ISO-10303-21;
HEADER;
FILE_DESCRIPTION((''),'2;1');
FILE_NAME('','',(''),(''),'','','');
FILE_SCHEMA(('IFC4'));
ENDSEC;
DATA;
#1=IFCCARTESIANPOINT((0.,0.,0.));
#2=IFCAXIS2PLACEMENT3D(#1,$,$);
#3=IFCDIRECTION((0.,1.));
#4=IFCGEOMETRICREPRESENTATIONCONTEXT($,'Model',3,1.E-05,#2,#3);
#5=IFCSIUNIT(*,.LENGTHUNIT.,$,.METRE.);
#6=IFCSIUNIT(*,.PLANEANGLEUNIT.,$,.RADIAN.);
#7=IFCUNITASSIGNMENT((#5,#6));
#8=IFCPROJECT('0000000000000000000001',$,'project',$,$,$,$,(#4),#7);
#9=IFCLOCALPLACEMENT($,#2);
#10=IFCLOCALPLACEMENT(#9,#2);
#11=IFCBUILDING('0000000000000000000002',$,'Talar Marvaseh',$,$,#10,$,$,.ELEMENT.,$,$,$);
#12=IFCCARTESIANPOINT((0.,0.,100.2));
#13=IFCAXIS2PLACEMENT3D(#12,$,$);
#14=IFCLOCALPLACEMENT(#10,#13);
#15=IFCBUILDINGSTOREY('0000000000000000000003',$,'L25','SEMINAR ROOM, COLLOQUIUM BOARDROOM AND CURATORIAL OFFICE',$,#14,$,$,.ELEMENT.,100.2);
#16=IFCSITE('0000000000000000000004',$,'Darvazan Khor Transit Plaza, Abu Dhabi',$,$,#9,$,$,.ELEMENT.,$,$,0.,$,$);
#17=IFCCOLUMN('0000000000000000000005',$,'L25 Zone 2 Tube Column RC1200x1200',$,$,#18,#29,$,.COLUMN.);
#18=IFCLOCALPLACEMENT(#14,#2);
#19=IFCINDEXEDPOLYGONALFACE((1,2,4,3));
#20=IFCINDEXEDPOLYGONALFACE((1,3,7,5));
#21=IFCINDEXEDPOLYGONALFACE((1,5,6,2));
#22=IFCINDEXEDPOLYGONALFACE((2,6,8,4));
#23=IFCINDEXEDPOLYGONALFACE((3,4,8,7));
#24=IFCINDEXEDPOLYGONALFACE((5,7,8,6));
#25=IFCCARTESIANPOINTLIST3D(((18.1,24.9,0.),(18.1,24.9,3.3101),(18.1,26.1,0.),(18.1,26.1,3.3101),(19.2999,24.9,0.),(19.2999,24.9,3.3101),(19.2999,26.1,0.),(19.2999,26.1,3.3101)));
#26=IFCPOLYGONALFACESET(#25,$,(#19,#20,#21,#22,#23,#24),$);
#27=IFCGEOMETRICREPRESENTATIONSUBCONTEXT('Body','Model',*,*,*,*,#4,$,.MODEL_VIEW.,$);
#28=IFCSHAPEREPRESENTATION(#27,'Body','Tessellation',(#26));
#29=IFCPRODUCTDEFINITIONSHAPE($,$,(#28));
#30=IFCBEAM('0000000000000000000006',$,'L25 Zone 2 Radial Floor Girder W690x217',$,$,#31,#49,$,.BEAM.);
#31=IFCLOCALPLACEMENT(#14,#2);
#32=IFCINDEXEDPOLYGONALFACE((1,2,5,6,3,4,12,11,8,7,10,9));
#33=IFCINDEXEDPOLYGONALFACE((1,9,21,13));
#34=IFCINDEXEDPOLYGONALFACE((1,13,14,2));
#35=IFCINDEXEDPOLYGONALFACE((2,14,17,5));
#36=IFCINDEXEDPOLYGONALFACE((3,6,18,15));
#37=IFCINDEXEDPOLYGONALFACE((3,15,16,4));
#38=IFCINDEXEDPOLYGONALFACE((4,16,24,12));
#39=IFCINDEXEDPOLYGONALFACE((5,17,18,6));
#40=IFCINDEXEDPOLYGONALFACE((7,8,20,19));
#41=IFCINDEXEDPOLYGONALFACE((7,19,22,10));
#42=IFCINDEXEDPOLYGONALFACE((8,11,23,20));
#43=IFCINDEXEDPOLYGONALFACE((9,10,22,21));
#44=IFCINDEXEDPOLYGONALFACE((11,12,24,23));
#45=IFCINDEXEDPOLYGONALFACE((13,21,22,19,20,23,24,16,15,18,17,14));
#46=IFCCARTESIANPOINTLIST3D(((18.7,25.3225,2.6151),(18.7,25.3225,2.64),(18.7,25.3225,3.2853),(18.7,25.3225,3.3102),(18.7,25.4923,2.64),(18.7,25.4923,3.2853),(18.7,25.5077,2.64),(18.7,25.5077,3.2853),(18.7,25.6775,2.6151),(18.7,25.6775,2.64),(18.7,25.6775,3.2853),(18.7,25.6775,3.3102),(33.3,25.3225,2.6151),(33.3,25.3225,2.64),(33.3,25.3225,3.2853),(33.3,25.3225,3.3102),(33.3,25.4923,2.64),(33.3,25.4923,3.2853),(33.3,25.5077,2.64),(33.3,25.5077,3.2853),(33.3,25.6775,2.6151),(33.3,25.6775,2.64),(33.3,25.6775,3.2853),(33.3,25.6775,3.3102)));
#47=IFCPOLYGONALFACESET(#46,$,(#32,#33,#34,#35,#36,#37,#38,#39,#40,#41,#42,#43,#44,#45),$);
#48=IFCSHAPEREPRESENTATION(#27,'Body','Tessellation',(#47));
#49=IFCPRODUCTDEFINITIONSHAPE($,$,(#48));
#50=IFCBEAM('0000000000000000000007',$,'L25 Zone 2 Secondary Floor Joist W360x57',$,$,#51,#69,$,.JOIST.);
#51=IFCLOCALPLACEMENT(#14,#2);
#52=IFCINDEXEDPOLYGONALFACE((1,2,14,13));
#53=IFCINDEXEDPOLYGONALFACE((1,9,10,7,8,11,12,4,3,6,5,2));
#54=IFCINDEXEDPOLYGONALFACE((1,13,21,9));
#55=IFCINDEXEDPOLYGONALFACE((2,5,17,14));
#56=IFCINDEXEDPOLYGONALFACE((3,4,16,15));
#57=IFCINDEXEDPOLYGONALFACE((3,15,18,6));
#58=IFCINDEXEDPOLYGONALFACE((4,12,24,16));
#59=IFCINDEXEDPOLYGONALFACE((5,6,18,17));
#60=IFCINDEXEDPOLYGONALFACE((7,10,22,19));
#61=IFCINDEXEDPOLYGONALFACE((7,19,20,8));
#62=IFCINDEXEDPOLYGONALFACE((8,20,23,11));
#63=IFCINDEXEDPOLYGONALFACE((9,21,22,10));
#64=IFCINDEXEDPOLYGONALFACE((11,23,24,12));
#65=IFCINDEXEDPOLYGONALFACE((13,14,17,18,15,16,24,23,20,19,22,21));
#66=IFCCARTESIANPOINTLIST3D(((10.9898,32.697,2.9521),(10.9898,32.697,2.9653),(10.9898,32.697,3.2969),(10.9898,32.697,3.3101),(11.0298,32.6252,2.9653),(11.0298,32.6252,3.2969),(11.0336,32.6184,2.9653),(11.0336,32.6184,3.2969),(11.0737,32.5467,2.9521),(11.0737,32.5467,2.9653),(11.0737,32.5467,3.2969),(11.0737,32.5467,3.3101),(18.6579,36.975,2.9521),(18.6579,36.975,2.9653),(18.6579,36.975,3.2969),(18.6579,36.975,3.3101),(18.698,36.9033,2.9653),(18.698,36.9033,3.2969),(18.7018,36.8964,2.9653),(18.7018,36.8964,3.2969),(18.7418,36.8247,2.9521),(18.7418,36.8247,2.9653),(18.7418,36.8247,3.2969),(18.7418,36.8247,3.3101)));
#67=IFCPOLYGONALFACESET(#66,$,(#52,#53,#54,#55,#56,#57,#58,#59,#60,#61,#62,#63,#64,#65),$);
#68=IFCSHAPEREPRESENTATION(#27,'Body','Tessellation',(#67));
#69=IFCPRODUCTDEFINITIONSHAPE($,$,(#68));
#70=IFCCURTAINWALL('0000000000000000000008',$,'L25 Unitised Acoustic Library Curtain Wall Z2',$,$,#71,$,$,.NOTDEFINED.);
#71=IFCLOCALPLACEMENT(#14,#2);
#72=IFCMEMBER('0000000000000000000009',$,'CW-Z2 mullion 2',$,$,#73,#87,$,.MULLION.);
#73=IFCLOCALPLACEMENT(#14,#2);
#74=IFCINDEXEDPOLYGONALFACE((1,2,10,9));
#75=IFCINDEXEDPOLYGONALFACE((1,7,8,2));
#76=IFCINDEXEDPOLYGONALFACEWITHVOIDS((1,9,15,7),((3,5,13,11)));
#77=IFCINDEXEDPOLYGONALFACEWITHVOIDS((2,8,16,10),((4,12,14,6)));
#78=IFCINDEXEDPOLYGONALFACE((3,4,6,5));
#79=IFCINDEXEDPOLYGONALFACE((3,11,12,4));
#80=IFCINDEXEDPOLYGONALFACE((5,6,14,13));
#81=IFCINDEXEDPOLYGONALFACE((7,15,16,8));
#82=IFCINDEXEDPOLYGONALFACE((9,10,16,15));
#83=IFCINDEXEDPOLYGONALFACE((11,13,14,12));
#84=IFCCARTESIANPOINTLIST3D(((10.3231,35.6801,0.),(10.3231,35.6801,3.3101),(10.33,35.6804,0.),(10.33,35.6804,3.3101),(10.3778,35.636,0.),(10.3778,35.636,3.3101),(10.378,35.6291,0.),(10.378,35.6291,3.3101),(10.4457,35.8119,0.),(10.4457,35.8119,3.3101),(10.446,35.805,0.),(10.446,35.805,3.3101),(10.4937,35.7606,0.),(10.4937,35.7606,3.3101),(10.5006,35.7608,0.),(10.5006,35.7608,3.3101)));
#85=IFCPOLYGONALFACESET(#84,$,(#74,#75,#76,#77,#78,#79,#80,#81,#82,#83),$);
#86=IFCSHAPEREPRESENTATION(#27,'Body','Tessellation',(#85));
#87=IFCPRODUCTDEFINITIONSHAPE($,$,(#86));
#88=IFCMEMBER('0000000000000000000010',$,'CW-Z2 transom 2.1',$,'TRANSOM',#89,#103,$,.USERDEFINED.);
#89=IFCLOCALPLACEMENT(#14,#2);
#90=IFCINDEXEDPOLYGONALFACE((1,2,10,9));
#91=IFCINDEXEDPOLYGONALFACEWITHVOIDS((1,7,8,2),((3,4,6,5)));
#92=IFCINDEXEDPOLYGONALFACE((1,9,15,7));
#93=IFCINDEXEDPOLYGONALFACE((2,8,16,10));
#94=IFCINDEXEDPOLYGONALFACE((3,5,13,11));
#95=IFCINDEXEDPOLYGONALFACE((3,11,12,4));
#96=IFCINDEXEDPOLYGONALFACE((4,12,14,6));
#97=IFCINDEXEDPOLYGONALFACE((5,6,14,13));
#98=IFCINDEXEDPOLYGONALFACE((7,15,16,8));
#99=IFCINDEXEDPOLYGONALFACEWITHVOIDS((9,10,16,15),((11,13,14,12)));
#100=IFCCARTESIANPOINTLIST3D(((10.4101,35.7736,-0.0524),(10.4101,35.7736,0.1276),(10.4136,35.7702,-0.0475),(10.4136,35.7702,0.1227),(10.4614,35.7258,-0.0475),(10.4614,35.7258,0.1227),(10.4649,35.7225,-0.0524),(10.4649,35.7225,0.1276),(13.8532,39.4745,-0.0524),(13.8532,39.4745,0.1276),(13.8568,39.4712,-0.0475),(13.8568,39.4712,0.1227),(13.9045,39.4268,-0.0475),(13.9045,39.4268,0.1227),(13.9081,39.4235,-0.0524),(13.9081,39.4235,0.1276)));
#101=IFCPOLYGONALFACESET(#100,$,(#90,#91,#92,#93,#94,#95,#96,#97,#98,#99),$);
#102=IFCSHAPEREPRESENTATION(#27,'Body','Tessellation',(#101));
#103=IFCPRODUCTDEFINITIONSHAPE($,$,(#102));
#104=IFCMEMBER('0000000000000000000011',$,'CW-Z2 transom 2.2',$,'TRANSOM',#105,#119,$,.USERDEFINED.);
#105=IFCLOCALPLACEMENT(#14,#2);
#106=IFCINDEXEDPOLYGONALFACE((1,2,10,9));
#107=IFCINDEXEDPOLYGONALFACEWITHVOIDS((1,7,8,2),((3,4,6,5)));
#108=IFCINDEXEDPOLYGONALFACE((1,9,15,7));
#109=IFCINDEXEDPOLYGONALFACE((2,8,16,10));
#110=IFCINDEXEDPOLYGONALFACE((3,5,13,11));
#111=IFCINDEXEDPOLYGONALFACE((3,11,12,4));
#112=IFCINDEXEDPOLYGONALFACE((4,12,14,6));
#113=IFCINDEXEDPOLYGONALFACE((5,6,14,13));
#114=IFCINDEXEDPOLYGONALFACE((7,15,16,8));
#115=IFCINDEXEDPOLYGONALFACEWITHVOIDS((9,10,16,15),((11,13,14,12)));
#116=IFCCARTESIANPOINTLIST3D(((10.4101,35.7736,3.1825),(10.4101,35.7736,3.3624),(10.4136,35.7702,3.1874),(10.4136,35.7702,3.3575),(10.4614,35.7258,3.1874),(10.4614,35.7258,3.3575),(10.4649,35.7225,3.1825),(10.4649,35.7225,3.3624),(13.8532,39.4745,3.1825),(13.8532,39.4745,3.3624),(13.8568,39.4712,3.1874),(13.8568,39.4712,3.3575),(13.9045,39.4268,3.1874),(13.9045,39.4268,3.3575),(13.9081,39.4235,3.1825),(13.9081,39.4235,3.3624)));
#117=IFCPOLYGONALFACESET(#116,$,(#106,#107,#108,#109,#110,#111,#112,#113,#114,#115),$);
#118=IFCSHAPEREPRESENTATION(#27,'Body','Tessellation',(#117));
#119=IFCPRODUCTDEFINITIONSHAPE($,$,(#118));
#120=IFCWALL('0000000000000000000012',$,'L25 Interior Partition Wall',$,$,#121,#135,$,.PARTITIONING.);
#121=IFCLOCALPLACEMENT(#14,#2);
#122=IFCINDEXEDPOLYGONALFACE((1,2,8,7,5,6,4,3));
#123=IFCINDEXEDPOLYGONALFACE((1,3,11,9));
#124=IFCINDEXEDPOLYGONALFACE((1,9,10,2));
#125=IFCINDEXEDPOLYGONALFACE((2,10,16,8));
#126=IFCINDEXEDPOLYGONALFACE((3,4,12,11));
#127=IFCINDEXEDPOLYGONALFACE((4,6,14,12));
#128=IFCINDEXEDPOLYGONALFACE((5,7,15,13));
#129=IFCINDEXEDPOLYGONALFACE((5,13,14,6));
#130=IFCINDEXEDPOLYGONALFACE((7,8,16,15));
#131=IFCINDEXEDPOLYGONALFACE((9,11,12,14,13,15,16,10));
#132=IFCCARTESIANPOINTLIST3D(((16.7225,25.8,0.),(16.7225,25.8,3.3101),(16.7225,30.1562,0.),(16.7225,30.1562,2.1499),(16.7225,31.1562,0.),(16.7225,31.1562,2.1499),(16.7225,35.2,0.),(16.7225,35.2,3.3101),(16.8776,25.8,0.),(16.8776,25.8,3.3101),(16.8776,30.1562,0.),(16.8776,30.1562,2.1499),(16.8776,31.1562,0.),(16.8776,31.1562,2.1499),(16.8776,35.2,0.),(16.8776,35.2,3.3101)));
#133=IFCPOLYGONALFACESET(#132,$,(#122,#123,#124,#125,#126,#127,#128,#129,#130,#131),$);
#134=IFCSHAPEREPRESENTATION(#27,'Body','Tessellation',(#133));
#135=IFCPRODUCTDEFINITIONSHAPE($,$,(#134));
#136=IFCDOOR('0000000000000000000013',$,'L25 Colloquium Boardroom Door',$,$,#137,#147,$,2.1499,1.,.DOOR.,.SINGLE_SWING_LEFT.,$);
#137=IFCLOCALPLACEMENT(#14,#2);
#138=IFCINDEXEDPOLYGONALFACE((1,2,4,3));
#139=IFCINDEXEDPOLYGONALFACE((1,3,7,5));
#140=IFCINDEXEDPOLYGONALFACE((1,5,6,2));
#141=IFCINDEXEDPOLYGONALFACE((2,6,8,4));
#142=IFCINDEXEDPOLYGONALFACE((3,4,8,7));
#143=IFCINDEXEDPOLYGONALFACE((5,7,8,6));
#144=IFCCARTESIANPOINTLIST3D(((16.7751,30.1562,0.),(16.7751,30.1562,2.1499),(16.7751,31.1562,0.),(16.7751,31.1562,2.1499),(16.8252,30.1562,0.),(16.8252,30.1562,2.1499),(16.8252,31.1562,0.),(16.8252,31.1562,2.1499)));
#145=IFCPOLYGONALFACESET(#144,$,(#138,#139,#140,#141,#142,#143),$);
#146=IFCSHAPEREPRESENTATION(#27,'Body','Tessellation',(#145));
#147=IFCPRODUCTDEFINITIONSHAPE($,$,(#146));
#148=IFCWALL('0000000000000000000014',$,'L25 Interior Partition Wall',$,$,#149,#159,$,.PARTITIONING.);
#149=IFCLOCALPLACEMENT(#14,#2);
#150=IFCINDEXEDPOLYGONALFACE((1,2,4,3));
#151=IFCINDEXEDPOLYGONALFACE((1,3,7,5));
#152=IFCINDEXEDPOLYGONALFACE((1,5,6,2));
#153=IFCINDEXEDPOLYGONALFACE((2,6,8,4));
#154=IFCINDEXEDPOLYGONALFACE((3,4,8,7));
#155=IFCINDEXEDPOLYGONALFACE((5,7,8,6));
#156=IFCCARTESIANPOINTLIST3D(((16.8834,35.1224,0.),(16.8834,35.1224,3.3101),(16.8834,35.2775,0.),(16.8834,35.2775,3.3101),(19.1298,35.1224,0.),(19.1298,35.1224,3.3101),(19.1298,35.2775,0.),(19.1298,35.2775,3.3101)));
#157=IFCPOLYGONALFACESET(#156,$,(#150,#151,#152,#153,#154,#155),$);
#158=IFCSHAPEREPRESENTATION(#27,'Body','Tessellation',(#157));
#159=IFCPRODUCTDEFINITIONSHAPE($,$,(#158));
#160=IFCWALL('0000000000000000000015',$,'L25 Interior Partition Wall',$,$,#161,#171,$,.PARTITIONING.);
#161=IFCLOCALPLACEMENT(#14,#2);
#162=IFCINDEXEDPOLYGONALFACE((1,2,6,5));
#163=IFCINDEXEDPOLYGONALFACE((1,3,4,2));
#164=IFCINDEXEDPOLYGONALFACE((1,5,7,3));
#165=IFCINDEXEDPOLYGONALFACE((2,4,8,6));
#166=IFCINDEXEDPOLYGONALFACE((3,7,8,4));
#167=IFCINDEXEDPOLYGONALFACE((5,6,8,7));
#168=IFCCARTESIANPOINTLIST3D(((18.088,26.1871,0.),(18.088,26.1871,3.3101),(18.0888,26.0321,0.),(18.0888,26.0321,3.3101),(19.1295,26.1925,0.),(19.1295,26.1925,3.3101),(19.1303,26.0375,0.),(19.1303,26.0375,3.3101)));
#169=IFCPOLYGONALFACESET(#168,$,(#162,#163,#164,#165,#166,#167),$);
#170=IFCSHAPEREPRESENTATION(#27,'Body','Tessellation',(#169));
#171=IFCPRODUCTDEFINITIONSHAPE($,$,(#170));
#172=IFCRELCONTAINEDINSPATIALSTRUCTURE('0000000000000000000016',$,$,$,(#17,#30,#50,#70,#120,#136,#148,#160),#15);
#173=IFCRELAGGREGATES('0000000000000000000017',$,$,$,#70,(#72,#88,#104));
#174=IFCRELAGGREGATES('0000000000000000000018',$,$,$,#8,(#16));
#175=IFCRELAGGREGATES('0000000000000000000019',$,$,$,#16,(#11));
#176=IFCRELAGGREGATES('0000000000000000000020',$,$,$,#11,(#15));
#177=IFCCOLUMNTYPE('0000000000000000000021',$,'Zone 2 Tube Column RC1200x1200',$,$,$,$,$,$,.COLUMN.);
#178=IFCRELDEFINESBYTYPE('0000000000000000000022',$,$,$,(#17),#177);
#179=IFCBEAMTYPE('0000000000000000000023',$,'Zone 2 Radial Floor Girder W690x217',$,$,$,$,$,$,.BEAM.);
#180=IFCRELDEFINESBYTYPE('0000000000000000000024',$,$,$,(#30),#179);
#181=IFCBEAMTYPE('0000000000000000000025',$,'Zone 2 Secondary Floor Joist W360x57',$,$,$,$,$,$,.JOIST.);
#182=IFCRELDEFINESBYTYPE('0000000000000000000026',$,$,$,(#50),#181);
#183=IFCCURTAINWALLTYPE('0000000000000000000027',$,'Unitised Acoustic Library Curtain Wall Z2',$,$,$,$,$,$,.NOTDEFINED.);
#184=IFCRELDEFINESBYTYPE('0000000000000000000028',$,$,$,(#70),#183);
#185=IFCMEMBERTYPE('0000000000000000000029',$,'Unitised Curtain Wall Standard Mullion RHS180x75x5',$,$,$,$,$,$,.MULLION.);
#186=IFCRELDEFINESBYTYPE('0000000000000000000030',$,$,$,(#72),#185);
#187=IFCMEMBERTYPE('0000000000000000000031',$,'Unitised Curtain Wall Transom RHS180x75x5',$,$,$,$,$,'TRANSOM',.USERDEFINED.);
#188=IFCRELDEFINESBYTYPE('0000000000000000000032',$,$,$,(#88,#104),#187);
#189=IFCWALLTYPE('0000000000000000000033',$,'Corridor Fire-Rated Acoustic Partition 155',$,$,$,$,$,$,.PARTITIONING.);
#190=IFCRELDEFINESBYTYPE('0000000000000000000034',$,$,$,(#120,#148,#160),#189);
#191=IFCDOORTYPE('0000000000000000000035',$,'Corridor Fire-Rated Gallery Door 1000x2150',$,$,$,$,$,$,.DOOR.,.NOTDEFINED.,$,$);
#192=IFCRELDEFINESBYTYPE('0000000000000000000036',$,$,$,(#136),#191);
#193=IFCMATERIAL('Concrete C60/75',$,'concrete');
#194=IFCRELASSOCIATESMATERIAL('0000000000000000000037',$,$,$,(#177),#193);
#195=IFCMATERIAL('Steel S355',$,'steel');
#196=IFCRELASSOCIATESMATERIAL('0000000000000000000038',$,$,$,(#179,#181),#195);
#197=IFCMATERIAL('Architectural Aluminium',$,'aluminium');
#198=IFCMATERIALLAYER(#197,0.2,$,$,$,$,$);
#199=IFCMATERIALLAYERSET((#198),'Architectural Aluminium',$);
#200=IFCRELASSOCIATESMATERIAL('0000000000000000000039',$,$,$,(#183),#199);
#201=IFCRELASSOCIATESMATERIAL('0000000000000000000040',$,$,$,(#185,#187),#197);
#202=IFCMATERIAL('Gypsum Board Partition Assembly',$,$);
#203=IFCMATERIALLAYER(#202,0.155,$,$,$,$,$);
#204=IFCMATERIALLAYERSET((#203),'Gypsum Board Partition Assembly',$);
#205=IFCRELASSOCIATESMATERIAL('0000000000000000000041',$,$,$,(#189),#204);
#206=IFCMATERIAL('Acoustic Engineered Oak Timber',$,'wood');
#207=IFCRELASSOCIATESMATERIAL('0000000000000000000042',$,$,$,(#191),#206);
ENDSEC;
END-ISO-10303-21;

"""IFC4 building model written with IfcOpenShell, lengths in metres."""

from ifc_helpers import new_model, si_unit, direction, frame, frame_2d, origin, origin_2d, place, context, subcontext, project, spatial, rectangle, hollow_rectangle, i_section, extrude, source, transform, mapped, material, layer, layer_set, material_profile, profile_set, type_object, type_shapes, element, fill, aggregate, save


model = new_model("IFC4")

# Units and contexts
model_context = context("Model", 3, precision=1e-05, world=origin(), true_north=direction((0.0, 1.0)))
body_context = subcontext(model_context, "Body", "Model", "MODEL_VIEW")
ifc_project = project(units=[si_unit("LENGTHUNIT", "METRE"), si_unit("PLANEANGLEUNIT", "RADIAN")], contexts=[model_context])

# Site, building, storey
site_placement = place(None, origin())
site = spatial("IfcSite", under=ifc_project, at=site_placement, Name="Darvazan Khor Transit Plaza, Abu Dhabi", CompositionType="ELEMENT", RefElevation=0.0)
building_placement = place(site_placement, origin())
building = spatial("IfcBuilding", under=site, at=building_placement, Name="Talar Marvaseh", CompositionType="ELEMENT")
storey_placement = place(building_placement, frame((0.0, 0.0, 100.2)))
storey = spatial("IfcBuildingStorey", under=building, at=storey_placement, Name="L25", Description="SEMINAR ROOM, COLLOQUIUM BOARDROOM AND CURATORIAL OFFICE", CompositionType="ELEMENT", Elevation=100.2)

# Column
ifc_material_1 = material(Name="Concrete C60/75", Category="concrete")
ifc_material_profile_1 = material_profile(ifc_material_1, rectangle(XDim=1.2, YDim=1.2, at=origin_2d()), Name="RC1200x1200")
ifc_profile_set_1 = profile_set([ifc_material_profile_1], Name="Concrete C60/75")
column_type = type_object("IfcColumnType", Name="Zone 2 Tube Column RC1200x1200", PredefinedType="COLUMN", material=ifc_profile_set_1)
column_placement = place(storey_placement, frame((18.7, 25.5, 0.0), z_axis=(0.0, 0.0, 1.0), x_axis=(1.0, 0.0, 0.0)))
element("IfcColumn", 1, at=column_placement, inside=storey, type_object=column_type, Name="L25 Zone 2 Tube Column RC1200x1200", PredefinedType="COLUMN", context=body_context, shape_type="SweptSolid", body=[
    extrude(rectangle(XDim=1.2, YDim=1.2, at=origin_2d()), origin(), (0.0, 0.0, 1.0), 3.3101),
])

# Beams
ifc_material_2 = material(Name="Steel S355", Category="steel")
ifc_material_profile_2 = material_profile(ifc_material_2, i_section(OverallWidth=0.355, OverallDepth=0.6951, WebThickness=0.0154, FlangeThickness=0.0249, at=origin_2d()), Name="W690x217")
ifc_profile_set_2 = profile_set([ifc_material_profile_2], Name="Steel S355")
beam_type_1 = type_object("IfcBeamType", Name="Zone 2 Radial Floor Girder W690x217", PredefinedType="BEAM", material=ifc_profile_set_2)
beam_1_placement = place(storey_placement, frame((18.7, 25.5, 2.9626), z_axis=(1.0, 0.0, 0.0), x_axis=(0.0, 1.0, 0.0)))
element("IfcBeam", 2, at=beam_1_placement, inside=storey, type_object=beam_type_1, Name="L25 Zone 2 Radial Floor Girder W690x217", PredefinedType="BEAM", context=body_context, shape_type="SweptSolid", body=[
    extrude(i_section(OverallWidth=0.355, OverallDepth=0.6951, WebThickness=0.0154, FlangeThickness=0.0249, at=origin_2d()), origin(), (0.0, 0.0, 1.0), 14.6001),
])
ifc_material_profile_3 = material_profile(ifc_material_2, i_section(OverallWidth=0.1721, OverallDepth=0.3579, WebThickness=0.0078, FlangeThickness=0.0132, at=origin_2d()), Name="W360x57")
ifc_profile_set_3 = profile_set([ifc_material_profile_3], Name="Steel S355")
beam_type_2 = type_object("IfcBeamType", Name="Zone 2 Secondary Floor Joist W360x57", PredefinedType="JOIST", material=ifc_profile_set_3)
beam_2_placement = place(storey_placement, frame((11.0317, 32.6218, 3.1311), z_axis=(0.873288, 0.487205, 0.0), x_axis=(-0.487205, 0.873288, 0.0)))
element("IfcBeam", 3, at=beam_2_placement, inside=storey, type_object=beam_type_2, Name="L25 Zone 2 Secondary Floor Joist W360x57", PredefinedType="JOIST", context=body_context, shape_type="SweptSolid", body=[
    extrude(i_section(OverallWidth=0.1721, OverallDepth=0.3579, WebThickness=0.0078, FlangeThickness=0.0132, at=origin_2d()), origin(), (0.0, 0.0, 1.0), 8.7808),
])

# Curtain wall, members
ifc_material_3 = material(Name="Architectural Aluminium", Category="aluminium")
ifc_layer_1 = layer(ifc_material_3, 0.2)
ifc_layer_set_1 = layer_set([ifc_layer_1], Name="Architectural Aluminium")
curtain_wall_type = type_object("IfcCurtainWallType", Name="Unitised Acoustic Library Curtain Wall Z2", PredefinedType="NOTDEFINED", material=ifc_layer_set_1)
curtain_wall_placement = place(storey_placement, origin())
curtain_wall = element("IfcCurtainWall", 4, at=curtain_wall_placement, inside=storey, type_object=curtain_wall_type, Name="L25 Unitised Acoustic Library Curtain Wall Z2", PredefinedType="NOTDEFINED")
ifc_material_profile_4 = material_profile(ifc_material_3, hollow_rectangle(XDim=0.075, YDim=0.1799, WallThickness=0.0049, at=origin_2d()), Name="RHS180x75x5")
ifc_profile_set_4 = profile_set([ifc_material_profile_4], Name="Architectural Aluminium")
member_type_1 = type_object("IfcMemberType", Name="Unitised Curtain Wall Standard Mullion RHS180x75x5", PredefinedType="MULLION", material=ifc_profile_set_4)
shared_shape_1 = source(origin(), body_context, "Body", "SweptSolid", [
    extrude(hollow_rectangle(XDim=0.075, YDim=0.1799, WallThickness=0.0049, at=origin_2d()), origin(), (0.0, 0.0, 1.0), 3.3101),
])
type_shapes(member_type_1, [shared_shape_1])
member_1_placement = place(storey_placement, frame((10.4119, 35.7205, 0.0), z_axis=(0.0, 0.0, 1.0), x_axis=(-0.73216, 0.681133, 0.0)))
member_1 = element("IfcMember", 5, at=member_1_placement, type_object=member_type_1, Name="CW-Z2 mullion 2", PredefinedType="MULLION", context=body_context, shape_type="MappedRepresentation", body=[
    mapped(shared_shape_1, transform((0.0, 0.0, 0.0), x_axis=(1.0, 0.0, 0.0), y_axis=(0.0, 1.0, 0.0), z_axis=(0.0, 0.0, 1.0), scale=1.0)),
])
ifc_material_profile_5 = material_profile(ifc_material_3, hollow_rectangle(XDim=0.075, YDim=0.1799, WallThickness=0.0049, at=origin_2d()), Name="RHS180x75x5")
ifc_profile_set_5 = profile_set([ifc_material_profile_5], Name="Architectural Aluminium")
member_type_2 = type_object("IfcMemberType", Name="Unitised Curtain Wall Transom RHS180x75x5", ElementType="TRANSOM", PredefinedType="USERDEFINED", material=ifc_profile_set_5)
shared_shape_2 = source(origin(), body_context, "Body", "SweptSolid", [
    extrude(hollow_rectangle(XDim=0.075, YDim=0.1799, WallThickness=0.0049, at=origin_2d()), origin(), (0.0, 0.0, 1.0), 5.0549),
])
type_shapes(member_type_2, [shared_shape_2])
member_2_placement = place(storey_placement, frame((10.4375, 35.748, 0.0376), z_axis=(0.681145, 0.732148, 0.0), x_axis=(-0.732148, 0.681145, 0.0)))
member_2 = element("IfcMember", 6, at=member_2_placement, type_object=member_type_2, Name="CW-Z2 transom 2.1", ObjectType="TRANSOM", PredefinedType="USERDEFINED", context=body_context, shape_type="MappedRepresentation", body=[
    mapped(shared_shape_2, transform((0.0, 0.0, 0.0), x_axis=(1.0, 0.0, 0.0), y_axis=(0.0, 1.0, 0.0), z_axis=(0.0, 0.0, 1.0), scale=1.0)),
])
member_3_placement = place(storey_placement, frame((10.4375, 35.748, 3.2725), z_axis=(0.681145, 0.732148, 0.0), x_axis=(-0.732148, 0.681145, 0.0)))
member_3 = element("IfcMember", 7, at=member_3_placement, type_object=member_type_2, Name="CW-Z2 transom 2.2", ObjectType="TRANSOM", PredefinedType="USERDEFINED", context=body_context, shape_type="MappedRepresentation", body=[
    mapped(shared_shape_2, transform((0.0, 0.0, 0.0), x_axis=(1.0, 0.0, 0.0), y_axis=(0.0, 1.0, 0.0), z_axis=(0.0, 0.0, 1.0), scale=1.0)),
])
aggregate(curtain_wall, [member_1, member_2, member_3])

# Wall, opening, door
ifc_material_4 = material(Name="Gypsum Board Partition Assembly")
ifc_layer_2 = layer(ifc_material_4, 0.155)
ifc_layer_set_2 = layer_set([ifc_layer_2], Name="Gypsum Board Partition Assembly")
wall_type_1 = type_object("IfcWallType", Name="Corridor Fire-Rated Acoustic Partition 155", PredefinedType="PARTITIONING", material=ifc_layer_set_2)
wall_1_placement = place(storey_placement, frame((16.8, 25.8, 0.0), z_axis=(0.0, 0.0, 1.0), x_axis=(0.0, 1.0, 0.0)))
wall_1 = element("IfcWall", 8, at=wall_1_placement, inside=storey, type_object=wall_type_1, Name="L25 Interior Partition Wall", PredefinedType="PARTITIONING", context=body_context, shape_type="SweptSolid", body=[
    extrude(rectangle(XDim=9.3999, YDim=0.155, at=frame_2d((4.7, 0.0))), origin(), (0.0, 0.0, 1.0), 3.3101),
])
opening_placement = place(wall_1_placement, frame((4.3562, 0.0, 0.0)))
opening = element("IfcOpeningElement", 9, at=opening_placement, cuts=wall_1, PredefinedType="OPENING", context=body_context, shape_type="SweptSolid", body=[
    extrude(rectangle(XDim=1.0, YDim=2.1499, at=frame_2d((0.5, 1.075))), frame((0.0, 0.0874, 0.0), z_axis=(0.0, -1.0, 0.0), x_axis=(1.0, 0.0, 0.0)), (0.0, 0.0, 1.0), 0.175),
])
ifc_material_5 = material(Name="Acoustic Engineered Oak Timber", Category="wood")
door_type = type_object("IfcDoorType", Name="Corridor Fire-Rated Gallery Door 1000x2150", OperationType="NOTDEFINED", PredefinedType="DOOR", material=ifc_material_5)
shared_shape_3 = source(origin(), body_context, "Body", "SweptSolid", [
    extrude(rectangle(XDim=1.0, YDim=2.1499, at=frame_2d((0.5, 1.075))), frame((0.0, 0.0249, 0.0), z_axis=(0.0, -1.0, 0.0), x_axis=(1.0, 0.0, 0.0)), (0.0, 0.0, 1.0), 0.05),
])
type_shapes(door_type, [shared_shape_3])
door_placement = place(opening_placement, origin())
door = element("IfcDoor", 10, at=door_placement, inside=storey, type_object=door_type, Name="L25 Colloquium Boardroom Door", OperationType="SINGLE_SWING_LEFT", OverallHeight=2.1499, OverallWidth=1.0, PredefinedType="DOOR", context=body_context, shape_type="MappedRepresentation", body=[
    mapped(shared_shape_3, transform((0.0, 0.0, 0.0), x_axis=(1.0, 0.0, 0.0), y_axis=(0.0, 1.0, 0.0), z_axis=(0.0, 0.0, 1.0), scale=1.0)),
])
fill(opening, door)

# Walls
wall_2_placement = place(storey_placement, frame((16.8835, 35.2, 0.0), z_axis=(0.0, 0.0, 1.0), x_axis=(1.0, 0.0, 0.0)))
element("IfcWall", 11, at=wall_2_placement, inside=storey, type_object=wall_type_1, Name="L25 Interior Partition Wall", PredefinedType="PARTITIONING", context=body_context, shape_type="SweptSolid", body=[
    extrude(rectangle(XDim=2.2463, YDim=0.155, at=frame_2d((1.123, 0.0))), origin(), (0.0, 0.0, 1.0), 3.3101),
])
wall_3_placement = place(storey_placement, frame((19.1299, 26.115, 0.0), z_axis=(0.0, 0.0, 1.0), x_axis=(-0.999987, -0.005157, 0.0)))
element("IfcWall", 12, at=wall_3_placement, inside=storey, type_object=wall_type_1, Name="L25 Interior Partition Wall", PredefinedType="PARTITIONING", context=body_context, shape_type="SweptSolid", body=[
    extrude(rectangle(XDim=1.0415, YDim=0.155, at=frame_2d((0.5208, 0.0))), origin(), (0.0, 0.0, 1.0), 3.3101),
])

save(model, "model.ifc")
